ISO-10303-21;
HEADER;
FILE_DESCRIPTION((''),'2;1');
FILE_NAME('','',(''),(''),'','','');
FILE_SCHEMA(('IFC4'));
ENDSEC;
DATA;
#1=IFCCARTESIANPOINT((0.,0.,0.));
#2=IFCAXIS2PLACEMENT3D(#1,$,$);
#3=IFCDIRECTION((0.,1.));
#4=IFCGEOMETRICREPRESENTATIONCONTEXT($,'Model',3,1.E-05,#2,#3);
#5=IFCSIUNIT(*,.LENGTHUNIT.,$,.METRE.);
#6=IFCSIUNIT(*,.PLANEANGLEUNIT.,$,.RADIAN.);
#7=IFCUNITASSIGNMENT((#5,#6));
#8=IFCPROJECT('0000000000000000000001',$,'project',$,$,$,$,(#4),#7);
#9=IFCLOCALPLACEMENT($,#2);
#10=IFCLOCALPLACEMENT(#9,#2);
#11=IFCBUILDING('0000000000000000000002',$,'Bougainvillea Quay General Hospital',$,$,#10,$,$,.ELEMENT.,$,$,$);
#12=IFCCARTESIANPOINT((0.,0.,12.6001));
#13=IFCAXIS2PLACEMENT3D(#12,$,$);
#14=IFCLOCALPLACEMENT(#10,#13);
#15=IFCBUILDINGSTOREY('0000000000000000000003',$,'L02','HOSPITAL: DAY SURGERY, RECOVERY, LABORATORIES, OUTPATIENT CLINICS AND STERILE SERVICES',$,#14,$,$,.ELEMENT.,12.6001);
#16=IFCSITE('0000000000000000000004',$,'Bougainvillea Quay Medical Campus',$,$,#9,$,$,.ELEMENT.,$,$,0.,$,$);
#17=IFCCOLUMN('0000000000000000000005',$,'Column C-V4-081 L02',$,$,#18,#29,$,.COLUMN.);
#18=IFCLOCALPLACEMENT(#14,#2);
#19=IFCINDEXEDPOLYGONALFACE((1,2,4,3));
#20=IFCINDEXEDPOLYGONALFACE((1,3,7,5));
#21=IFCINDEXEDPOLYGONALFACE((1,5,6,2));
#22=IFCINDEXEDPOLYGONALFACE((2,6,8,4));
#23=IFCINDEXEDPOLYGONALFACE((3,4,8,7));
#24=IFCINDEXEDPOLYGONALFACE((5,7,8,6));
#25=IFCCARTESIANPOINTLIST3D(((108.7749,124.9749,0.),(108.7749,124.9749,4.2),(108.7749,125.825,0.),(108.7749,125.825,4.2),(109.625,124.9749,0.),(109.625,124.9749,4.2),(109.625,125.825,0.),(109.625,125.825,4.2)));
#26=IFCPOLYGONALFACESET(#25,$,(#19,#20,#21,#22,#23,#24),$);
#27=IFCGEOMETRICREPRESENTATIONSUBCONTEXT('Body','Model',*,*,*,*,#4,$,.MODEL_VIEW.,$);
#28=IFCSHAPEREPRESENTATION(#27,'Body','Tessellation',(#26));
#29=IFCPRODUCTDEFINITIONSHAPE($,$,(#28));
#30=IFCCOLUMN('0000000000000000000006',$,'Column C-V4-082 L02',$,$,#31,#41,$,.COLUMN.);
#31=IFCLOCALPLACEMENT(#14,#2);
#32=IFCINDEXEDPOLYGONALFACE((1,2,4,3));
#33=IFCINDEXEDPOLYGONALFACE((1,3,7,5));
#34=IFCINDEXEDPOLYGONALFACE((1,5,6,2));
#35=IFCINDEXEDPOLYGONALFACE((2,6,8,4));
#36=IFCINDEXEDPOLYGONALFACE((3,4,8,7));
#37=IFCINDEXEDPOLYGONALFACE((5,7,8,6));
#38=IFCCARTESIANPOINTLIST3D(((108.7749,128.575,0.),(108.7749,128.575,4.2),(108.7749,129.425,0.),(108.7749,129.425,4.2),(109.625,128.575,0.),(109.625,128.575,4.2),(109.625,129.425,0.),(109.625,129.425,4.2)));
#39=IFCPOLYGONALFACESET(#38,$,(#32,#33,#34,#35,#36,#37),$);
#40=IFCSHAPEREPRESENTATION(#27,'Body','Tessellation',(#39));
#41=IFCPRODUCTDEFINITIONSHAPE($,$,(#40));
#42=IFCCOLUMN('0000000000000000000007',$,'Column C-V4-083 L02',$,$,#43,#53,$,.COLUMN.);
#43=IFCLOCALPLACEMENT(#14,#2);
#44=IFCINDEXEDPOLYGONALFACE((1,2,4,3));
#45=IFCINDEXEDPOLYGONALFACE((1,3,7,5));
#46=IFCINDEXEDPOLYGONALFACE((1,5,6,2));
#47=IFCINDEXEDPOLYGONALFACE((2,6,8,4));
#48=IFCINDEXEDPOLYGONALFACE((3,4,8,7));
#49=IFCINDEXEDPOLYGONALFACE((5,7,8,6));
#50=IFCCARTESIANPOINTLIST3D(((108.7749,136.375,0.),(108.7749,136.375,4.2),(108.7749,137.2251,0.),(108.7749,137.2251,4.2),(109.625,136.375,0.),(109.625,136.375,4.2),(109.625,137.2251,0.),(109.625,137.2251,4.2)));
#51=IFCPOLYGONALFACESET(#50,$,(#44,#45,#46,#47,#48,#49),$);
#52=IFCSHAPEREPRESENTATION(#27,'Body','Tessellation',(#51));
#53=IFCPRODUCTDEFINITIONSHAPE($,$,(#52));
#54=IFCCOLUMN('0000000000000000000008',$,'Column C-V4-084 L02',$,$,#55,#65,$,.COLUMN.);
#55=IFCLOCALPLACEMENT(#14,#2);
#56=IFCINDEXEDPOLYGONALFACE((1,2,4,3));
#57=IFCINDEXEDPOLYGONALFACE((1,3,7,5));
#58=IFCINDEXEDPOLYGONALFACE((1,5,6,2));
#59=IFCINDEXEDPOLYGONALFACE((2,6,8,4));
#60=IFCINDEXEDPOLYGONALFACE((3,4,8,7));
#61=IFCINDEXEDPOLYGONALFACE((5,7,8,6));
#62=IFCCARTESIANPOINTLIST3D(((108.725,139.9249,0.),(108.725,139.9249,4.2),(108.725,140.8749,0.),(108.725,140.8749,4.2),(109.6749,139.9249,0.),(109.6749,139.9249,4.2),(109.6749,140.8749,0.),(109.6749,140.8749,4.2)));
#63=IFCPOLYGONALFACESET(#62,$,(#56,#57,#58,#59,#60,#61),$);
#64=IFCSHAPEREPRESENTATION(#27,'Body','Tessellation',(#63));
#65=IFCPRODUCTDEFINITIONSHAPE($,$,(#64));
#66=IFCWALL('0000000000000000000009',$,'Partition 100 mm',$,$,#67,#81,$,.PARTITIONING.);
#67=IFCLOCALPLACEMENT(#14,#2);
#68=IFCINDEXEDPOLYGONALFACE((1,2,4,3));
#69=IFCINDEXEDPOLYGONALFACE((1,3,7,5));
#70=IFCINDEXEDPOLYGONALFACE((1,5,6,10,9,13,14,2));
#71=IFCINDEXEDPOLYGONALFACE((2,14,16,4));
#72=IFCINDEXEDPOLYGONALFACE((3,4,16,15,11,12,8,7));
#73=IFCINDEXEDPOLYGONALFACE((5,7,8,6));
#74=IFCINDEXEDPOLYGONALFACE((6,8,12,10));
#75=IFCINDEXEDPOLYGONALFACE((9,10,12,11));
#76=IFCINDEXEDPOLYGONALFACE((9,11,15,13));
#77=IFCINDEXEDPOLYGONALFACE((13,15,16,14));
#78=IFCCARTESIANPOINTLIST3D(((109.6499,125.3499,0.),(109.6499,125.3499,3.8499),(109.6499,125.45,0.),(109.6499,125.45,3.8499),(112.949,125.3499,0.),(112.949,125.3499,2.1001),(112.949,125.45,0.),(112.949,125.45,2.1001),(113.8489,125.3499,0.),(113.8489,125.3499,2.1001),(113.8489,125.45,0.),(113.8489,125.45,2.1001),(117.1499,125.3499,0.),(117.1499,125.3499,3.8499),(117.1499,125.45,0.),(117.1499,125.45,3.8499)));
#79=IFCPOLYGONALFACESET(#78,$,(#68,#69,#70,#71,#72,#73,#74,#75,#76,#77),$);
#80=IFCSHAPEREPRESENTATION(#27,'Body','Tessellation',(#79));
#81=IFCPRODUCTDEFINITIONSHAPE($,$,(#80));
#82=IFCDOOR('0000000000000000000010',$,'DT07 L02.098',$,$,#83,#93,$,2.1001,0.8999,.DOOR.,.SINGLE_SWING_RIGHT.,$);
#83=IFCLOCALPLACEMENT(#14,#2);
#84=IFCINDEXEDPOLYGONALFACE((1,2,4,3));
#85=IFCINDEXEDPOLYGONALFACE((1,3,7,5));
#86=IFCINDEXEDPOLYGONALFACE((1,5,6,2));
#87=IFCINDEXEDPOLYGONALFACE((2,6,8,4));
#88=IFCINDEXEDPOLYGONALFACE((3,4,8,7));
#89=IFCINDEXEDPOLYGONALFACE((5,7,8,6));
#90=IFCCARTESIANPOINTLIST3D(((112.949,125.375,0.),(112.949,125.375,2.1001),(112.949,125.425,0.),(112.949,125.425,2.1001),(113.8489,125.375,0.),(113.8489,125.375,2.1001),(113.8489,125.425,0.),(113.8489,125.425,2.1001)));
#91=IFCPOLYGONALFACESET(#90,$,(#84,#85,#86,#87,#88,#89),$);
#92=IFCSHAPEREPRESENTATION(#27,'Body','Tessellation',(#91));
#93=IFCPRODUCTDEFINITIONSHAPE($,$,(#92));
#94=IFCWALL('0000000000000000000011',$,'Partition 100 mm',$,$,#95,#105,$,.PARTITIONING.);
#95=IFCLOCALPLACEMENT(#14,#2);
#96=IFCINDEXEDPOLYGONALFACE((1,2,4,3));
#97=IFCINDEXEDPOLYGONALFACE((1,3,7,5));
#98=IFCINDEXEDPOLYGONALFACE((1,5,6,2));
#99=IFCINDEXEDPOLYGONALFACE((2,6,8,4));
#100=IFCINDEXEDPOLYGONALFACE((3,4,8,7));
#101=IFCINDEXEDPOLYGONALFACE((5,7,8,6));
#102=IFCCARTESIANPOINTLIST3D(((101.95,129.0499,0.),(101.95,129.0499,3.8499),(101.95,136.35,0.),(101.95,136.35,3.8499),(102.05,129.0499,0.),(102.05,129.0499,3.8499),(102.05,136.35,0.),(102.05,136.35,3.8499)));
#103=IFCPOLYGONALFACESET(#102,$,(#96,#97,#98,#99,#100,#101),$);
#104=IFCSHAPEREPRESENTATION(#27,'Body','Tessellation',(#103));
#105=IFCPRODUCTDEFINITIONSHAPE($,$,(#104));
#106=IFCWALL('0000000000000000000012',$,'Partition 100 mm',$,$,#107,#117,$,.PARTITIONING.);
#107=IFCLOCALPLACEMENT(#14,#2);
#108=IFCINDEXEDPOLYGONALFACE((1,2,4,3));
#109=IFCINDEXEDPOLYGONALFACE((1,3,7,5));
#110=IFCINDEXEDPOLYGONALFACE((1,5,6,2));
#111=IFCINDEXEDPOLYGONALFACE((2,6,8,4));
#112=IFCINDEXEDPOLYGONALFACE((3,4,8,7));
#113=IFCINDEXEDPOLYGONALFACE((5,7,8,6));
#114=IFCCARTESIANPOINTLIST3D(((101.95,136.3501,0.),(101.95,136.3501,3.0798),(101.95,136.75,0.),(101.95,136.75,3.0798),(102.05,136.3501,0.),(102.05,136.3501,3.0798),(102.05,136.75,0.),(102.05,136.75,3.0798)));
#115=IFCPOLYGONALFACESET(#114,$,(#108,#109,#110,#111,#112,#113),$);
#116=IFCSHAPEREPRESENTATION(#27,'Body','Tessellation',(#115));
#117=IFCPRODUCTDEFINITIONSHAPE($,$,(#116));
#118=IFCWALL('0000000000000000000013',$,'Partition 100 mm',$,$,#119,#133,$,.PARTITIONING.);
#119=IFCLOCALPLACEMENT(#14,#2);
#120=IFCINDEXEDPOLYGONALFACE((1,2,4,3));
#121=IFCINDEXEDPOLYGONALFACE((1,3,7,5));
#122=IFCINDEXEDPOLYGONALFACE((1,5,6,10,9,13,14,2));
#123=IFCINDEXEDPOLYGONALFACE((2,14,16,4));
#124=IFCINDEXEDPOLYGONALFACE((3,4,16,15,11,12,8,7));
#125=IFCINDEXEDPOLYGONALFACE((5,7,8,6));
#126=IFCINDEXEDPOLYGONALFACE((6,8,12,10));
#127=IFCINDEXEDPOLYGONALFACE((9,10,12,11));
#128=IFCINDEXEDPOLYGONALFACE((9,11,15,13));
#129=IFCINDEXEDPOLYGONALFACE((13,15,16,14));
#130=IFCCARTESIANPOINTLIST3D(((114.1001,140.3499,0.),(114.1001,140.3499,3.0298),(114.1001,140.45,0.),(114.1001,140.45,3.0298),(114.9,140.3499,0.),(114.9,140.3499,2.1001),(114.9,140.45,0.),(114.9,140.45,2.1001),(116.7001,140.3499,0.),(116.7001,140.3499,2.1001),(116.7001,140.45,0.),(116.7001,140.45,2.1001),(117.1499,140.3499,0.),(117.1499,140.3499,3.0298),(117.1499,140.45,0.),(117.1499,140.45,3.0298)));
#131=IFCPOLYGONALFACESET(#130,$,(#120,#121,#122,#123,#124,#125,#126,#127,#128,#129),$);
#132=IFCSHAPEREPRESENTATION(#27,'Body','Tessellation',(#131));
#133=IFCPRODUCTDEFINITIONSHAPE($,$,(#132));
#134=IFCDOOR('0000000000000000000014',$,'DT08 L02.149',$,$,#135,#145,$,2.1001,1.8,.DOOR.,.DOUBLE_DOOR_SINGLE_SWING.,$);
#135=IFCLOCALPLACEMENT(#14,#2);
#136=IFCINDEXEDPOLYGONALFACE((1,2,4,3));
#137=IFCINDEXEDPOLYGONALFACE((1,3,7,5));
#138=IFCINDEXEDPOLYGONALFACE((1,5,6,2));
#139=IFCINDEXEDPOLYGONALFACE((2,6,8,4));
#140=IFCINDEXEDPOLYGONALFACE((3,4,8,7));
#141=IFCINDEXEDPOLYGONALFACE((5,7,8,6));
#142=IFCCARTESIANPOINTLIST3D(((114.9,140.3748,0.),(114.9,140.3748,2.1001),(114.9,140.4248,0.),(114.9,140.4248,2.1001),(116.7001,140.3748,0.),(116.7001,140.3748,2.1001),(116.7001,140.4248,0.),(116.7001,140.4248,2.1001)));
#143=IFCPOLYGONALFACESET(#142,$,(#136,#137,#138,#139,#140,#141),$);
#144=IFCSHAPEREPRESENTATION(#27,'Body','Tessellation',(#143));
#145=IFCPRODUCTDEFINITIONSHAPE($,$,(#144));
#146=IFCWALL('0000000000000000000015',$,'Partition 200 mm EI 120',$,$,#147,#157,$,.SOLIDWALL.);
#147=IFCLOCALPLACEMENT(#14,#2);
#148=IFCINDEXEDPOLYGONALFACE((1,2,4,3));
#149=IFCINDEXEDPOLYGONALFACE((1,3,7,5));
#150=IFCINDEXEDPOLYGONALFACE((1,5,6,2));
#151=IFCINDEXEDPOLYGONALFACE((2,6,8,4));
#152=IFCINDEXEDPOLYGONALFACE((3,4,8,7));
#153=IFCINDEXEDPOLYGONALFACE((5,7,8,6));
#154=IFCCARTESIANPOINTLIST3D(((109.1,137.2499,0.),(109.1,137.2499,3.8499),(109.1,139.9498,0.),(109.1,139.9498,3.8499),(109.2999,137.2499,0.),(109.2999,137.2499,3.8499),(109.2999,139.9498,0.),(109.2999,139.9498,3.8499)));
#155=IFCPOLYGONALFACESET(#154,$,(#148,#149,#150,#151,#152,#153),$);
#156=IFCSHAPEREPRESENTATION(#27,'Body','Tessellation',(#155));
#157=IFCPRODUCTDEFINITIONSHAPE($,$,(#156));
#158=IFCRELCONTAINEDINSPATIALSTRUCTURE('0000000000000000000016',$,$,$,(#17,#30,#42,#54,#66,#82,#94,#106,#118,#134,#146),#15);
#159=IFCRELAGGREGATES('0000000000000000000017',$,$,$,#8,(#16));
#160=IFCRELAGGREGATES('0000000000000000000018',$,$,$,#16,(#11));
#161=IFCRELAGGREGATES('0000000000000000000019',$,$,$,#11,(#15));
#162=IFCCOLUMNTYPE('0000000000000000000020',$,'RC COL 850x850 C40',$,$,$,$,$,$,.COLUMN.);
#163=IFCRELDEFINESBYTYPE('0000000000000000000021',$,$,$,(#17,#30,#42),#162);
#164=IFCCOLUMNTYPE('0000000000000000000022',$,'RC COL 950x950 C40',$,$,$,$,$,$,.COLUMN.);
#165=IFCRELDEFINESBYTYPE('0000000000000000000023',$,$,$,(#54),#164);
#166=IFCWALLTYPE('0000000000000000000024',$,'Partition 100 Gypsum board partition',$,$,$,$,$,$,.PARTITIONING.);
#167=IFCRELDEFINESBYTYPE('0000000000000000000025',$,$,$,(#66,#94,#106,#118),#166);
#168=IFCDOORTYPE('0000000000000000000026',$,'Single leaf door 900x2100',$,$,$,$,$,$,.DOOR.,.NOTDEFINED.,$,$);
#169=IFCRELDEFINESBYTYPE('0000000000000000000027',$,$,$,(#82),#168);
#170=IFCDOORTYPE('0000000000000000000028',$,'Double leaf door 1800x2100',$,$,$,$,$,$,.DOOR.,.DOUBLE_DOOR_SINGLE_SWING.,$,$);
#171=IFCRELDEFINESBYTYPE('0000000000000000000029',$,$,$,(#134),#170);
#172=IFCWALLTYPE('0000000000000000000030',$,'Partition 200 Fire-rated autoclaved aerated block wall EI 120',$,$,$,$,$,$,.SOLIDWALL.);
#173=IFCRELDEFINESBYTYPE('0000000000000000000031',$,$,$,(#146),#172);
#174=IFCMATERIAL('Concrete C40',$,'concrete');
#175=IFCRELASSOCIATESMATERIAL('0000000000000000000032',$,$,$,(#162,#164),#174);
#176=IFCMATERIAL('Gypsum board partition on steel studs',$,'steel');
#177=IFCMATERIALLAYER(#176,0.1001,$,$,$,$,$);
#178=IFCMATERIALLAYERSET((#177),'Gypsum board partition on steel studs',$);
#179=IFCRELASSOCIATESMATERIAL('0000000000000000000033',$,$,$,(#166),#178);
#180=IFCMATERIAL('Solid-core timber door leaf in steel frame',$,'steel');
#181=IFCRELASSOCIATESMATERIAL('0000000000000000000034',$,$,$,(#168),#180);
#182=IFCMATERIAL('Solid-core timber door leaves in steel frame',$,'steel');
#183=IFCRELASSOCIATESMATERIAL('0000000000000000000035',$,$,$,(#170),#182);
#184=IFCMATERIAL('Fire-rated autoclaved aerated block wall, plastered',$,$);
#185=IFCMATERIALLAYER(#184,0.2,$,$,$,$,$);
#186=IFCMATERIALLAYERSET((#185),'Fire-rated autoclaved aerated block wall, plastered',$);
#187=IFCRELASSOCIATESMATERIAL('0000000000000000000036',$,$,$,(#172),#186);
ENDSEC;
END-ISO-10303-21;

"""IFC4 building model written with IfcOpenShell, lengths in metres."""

from ifc_helpers import new_model, si_unit, direction, frame, frame_2d, origin, origin_2d, place, context, subcontext, project, spatial, rectangle, extrude, material, layer, layer_set, material_profile, profile_set, type_object, element, fill, save


model = new_model("IFC4")

# Units and contexts
model_context = context("Model", 3, precision=1e-05, world=origin(), true_north=direction((0.0, 1.0)))
body_context = subcontext(model_context, "Body", "Model", "MODEL_VIEW")
ifc_project = project(units=[si_unit("LENGTHUNIT", "METRE"), si_unit("PLANEANGLEUNIT", "RADIAN")], contexts=[model_context])

# Site, building, storey
site_placement = place(None, origin())
site = spatial("IfcSite", under=ifc_project, at=site_placement, Name="Bougainvillea Quay Medical Campus", CompositionType="ELEMENT", RefElevation=0.0)
building_placement = place(site_placement, origin())
building = spatial("IfcBuilding", under=site, at=building_placement, Name="Bougainvillea Quay General Hospital", CompositionType="ELEMENT")
storey_placement = place(building_placement, frame((0.0, 0.0, 12.6001)))
storey = spatial("IfcBuildingStorey", under=building, at=storey_placement, Name="L02", Description="HOSPITAL: DAY SURGERY, RECOVERY, LABORATORIES, OUTPATIENT CLINICS AND STERILE SERVICES", CompositionType="ELEMENT", Elevation=12.6001)

# Columns
ifc_material_1 = material(Name="Concrete C40", Category="concrete")
ifc_material_profile_1 = material_profile(ifc_material_1, rectangle(XDim=0.8501, YDim=0.8501, at=origin_2d()))
ifc_profile_set_1 = profile_set([ifc_material_profile_1], Name="Concrete C40")
column_type_1 = type_object("IfcColumnType", Name="RC COL 850x850 C40", PredefinedType="COLUMN", material=ifc_profile_set_1)
for number, where, z_axis, x_axis, name in (
    (1, (109.2, 125.3999, 0.0), (0.0, 0.0, 1.0), (1.0, 0.0, 0.0), "Column C-V4-081 L02"),
    (2, (109.2, 129.0, 0.0), (0.0, 0.0, 1.0), (1.0, 0.0, 0.0), "Column C-V4-082 L02"),
    (3, (109.2, 136.8, 0.0), (0.0, 0.0, 1.0), (1.0, 0.0, 0.0), "Column C-V4-083 L02"),
):
    element("IfcColumn", number, at=place(storey_placement, frame(where, z_axis=z_axis, x_axis=x_axis)), inside=storey, type_object=column_type_1, Name=name, PredefinedType="COLUMN", context=body_context, shape_type="SweptSolid", body=[
        extrude(rectangle(XDim=0.8501, YDim=0.8501, at=origin_2d()), origin(), (0.0, 0.0, 1.0), 4.2),
    ])
ifc_material_profile_2 = material_profile(ifc_material_1, rectangle(XDim=0.95, YDim=0.95, at=origin_2d()))
ifc_profile_set_2 = profile_set([ifc_material_profile_2], Name="Concrete C40")
column_type_2 = type_object("IfcColumnType", Name="RC COL 950x950 C40", PredefinedType="COLUMN", material=ifc_profile_set_2)
column_placement = place(storey_placement, frame((109.2, 140.3999, 0.0), z_axis=(0.0, 0.0, 1.0), x_axis=(1.0, 0.0, 0.0)))
element("IfcColumn", 4, at=column_placement, inside=storey, type_object=column_type_2, Name="Column C-V4-084 L02", PredefinedType="COLUMN", context=body_context, shape_type="SweptSolid", body=[
    extrude(rectangle(XDim=0.95, YDim=0.95, at=origin_2d()), origin(), (0.0, 0.0, 1.0), 4.2),
])

# Wall, opening, door
ifc_material_2 = material(Name="Gypsum board partition on steel studs", Category="steel")
ifc_layer_1 = layer(ifc_material_2, 0.1001)
ifc_layer_set_1 = layer_set([ifc_layer_1], Name="Gypsum board partition on steel studs")
wall_type_1 = type_object("IfcWallType", Name="Partition 100 Gypsum board partition", PredefinedType="PARTITIONING", material=ifc_layer_set_1)
wall_1_placement = place(storey_placement, frame((109.6499, 125.3999, 0.0), z_axis=(0.0, 0.0, 1.0), x_axis=(1.0, 0.0, 0.0)))
wall_1 = element("IfcWall", 5, at=wall_1_placement, inside=storey, type_object=wall_type_1, Name="Partition 100 mm", PredefinedType="PARTITIONING", context=body_context, shape_type="SweptSolid", body=[
    extrude(rectangle(XDim=7.5, YDim=0.1001, at=frame_2d((3.75, 0.0))), origin(), (0.0, 0.0, 1.0), 3.8499),
])
opening_1_placement = place(wall_1_placement, frame((3.2991, 0.0, 0.0)))
opening_1 = element("IfcOpeningElement", 6, at=opening_1_placement, cuts=wall_1, PredefinedType="OPENING", context=body_context, shape_type="SweptSolid", body=[
    extrude(rectangle(XDim=0.8999, YDim=2.1001, at=frame_2d((0.45, 1.05))), frame((0.0, 0.0601, 0.0), z_axis=(0.0, -1.0, 0.0), x_axis=(1.0, 0.0, 0.0)), (0.0, 0.0, 1.0), 0.1201),
])
ifc_material_3 = material(Name="Solid-core timber door leaf in steel frame", Category="steel")
door_type_1 = type_object("IfcDoorType", Name="Single leaf door 900x2100", OperationType="NOTDEFINED", PredefinedType="DOOR", material=ifc_material_3)
door_1_placement = place(opening_1_placement, frame((0.8999, 0.0, 0.0), z_axis=(0.0, 0.0, 1.0), x_axis=(-1.0, 0.0, 0.0)))
door_1 = element("IfcDoor", 7, at=door_1_placement, inside=storey, type_object=door_type_1, Name="DT07 L02.098", OperationType="SINGLE_SWING_RIGHT", OverallHeight=2.1001, OverallWidth=0.8999, PredefinedType="DOOR", context=body_context, shape_type="SweptSolid", body=[
    extrude(rectangle(XDim=0.8999, YDim=2.1001, at=frame_2d((0.45, 1.05))), frame((0.0, 0.0249, 0.0), z_axis=(0.0, -1.0, 0.0), x_axis=(1.0, 0.0, 0.0)), (0.0, 0.0, 1.0), 0.05),
])
fill(opening_1, door_1)

# Walls
wall_2_placement = place(storey_placement, frame((102.0, 129.05, 0.0), z_axis=(0.0, 0.0, 1.0), x_axis=(0.0, 1.0, 0.0)))
element("IfcWall", 8, at=wall_2_placement, inside=storey, type_object=wall_type_1, Name="Partition 100 mm", PredefinedType="PARTITIONING", context=body_context, shape_type="SweptSolid", body=[
    extrude(rectangle(XDim=7.3, YDim=0.1001, at=frame_2d((3.6499, 0.0))), origin(), (0.0, 0.0, 1.0), 3.8499),
])
wall_3_placement = place(storey_placement, frame((102.0, 136.3501, 0.0), z_axis=(0.0, 0.0, 1.0), x_axis=(0.0, 1.0, 0.0)))
element("IfcWall", 9, at=wall_3_placement, inside=storey, type_object=wall_type_1, Name="Partition 100 mm", PredefinedType="PARTITIONING", context=body_context, shape_type="SweptSolid", body=[
    extrude(rectangle(XDim=0.3999, YDim=0.1001, at=frame_2d((0.2, 0.0))), origin(), (0.0, 0.0, 1.0), 3.0798),
])

# Wall, opening, door
wall_4_placement = place(storey_placement, frame((114.1001, 140.3999, 0.0), z_axis=(0.0, 0.0, 1.0), x_axis=(1.0, 0.0, 0.0)))
wall_4 = element("IfcWall", 10, at=wall_4_placement, inside=storey, type_object=wall_type_1, Name="Partition 100 mm", PredefinedType="PARTITIONING", context=body_context, shape_type="SweptSolid", body=[
    extrude(rectangle(XDim=3.0498, YDim=0.1001, at=frame_2d((1.5249, 0.0))), origin(), (0.0, 0.0, 1.0), 3.0298),
])
opening_2_placement = place(wall_4_placement, frame((0.8, 0.0, 0.0)))
opening_2 = element("IfcOpeningElement", 11, at=opening_2_placement, cuts=wall_4, PredefinedType="OPENING", context=body_context, shape_type="SweptSolid", body=[
    extrude(rectangle(XDim=1.8, YDim=2.1001, at=frame_2d((0.8999, 1.05))), frame((0.0, 0.0601, 0.0), z_axis=(0.0, -1.0, 0.0), x_axis=(1.0, 0.0, 0.0)), (0.0, 0.0, 1.0), 0.1201),
])
ifc_material_4 = material(Name="Solid-core timber door leaves in steel frame", Category="steel")
door_type_2 = type_object("IfcDoorType", Name="Double leaf door 1800x2100", OperationType="DOUBLE_DOOR_SINGLE_SWING", PredefinedType="DOOR", material=ifc_material_4)
door_2_placement = place(opening_2_placement, origin())
door_2 = element("IfcDoor", 12, at=door_2_placement, inside=storey, type_object=door_type_2, Name="DT08 L02.149", OperationType="DOUBLE_DOOR_SINGLE_SWING", OverallHeight=2.1001, OverallWidth=1.8, PredefinedType="DOOR", context=body_context, shape_type="SweptSolid", body=[
    extrude(rectangle(XDim=1.8, YDim=2.1001, at=frame_2d((0.8999, 1.05))), frame((0.0, 0.0249, 0.0), z_axis=(0.0, -1.0, 0.0), x_axis=(1.0, 0.0, 0.0)), (0.0, 0.0, 1.0), 0.05),
])
fill(opening_2, door_2)

# Wall
ifc_material_5 = material(Name="Fire-rated autoclaved aerated block wall, plastered")
ifc_layer_2 = layer(ifc_material_5, 0.2)
ifc_layer_set_2 = layer_set([ifc_layer_2], Name="Fire-rated autoclaved aerated block wall, plastered")
wall_type_2 = type_object("IfcWallType", Name="Partition 200 Fire-rated autoclaved aerated block wall EI 120", PredefinedType="SOLIDWALL", material=ifc_layer_set_2)
wall_5_placement = place(storey_placement, frame((109.2, 139.95, 0.0), z_axis=(0.0, 0.0, 1.0), x_axis=(0.0, -1.0, 0.0)))
element("IfcWall", 13, at=wall_5_placement, inside=storey, type_object=wall_type_2, Name="Partition 200 mm EI 120", PredefinedType="SOLIDWALL", context=body_context, shape_type="SweptSolid", body=[
    extrude(rectangle(XDim=2.7, YDim=0.2, at=frame_2d((1.3501, 0.0))), origin(), (0.0, 0.0, 1.0), 3.8499),
])

save(model, "model.ifc")
